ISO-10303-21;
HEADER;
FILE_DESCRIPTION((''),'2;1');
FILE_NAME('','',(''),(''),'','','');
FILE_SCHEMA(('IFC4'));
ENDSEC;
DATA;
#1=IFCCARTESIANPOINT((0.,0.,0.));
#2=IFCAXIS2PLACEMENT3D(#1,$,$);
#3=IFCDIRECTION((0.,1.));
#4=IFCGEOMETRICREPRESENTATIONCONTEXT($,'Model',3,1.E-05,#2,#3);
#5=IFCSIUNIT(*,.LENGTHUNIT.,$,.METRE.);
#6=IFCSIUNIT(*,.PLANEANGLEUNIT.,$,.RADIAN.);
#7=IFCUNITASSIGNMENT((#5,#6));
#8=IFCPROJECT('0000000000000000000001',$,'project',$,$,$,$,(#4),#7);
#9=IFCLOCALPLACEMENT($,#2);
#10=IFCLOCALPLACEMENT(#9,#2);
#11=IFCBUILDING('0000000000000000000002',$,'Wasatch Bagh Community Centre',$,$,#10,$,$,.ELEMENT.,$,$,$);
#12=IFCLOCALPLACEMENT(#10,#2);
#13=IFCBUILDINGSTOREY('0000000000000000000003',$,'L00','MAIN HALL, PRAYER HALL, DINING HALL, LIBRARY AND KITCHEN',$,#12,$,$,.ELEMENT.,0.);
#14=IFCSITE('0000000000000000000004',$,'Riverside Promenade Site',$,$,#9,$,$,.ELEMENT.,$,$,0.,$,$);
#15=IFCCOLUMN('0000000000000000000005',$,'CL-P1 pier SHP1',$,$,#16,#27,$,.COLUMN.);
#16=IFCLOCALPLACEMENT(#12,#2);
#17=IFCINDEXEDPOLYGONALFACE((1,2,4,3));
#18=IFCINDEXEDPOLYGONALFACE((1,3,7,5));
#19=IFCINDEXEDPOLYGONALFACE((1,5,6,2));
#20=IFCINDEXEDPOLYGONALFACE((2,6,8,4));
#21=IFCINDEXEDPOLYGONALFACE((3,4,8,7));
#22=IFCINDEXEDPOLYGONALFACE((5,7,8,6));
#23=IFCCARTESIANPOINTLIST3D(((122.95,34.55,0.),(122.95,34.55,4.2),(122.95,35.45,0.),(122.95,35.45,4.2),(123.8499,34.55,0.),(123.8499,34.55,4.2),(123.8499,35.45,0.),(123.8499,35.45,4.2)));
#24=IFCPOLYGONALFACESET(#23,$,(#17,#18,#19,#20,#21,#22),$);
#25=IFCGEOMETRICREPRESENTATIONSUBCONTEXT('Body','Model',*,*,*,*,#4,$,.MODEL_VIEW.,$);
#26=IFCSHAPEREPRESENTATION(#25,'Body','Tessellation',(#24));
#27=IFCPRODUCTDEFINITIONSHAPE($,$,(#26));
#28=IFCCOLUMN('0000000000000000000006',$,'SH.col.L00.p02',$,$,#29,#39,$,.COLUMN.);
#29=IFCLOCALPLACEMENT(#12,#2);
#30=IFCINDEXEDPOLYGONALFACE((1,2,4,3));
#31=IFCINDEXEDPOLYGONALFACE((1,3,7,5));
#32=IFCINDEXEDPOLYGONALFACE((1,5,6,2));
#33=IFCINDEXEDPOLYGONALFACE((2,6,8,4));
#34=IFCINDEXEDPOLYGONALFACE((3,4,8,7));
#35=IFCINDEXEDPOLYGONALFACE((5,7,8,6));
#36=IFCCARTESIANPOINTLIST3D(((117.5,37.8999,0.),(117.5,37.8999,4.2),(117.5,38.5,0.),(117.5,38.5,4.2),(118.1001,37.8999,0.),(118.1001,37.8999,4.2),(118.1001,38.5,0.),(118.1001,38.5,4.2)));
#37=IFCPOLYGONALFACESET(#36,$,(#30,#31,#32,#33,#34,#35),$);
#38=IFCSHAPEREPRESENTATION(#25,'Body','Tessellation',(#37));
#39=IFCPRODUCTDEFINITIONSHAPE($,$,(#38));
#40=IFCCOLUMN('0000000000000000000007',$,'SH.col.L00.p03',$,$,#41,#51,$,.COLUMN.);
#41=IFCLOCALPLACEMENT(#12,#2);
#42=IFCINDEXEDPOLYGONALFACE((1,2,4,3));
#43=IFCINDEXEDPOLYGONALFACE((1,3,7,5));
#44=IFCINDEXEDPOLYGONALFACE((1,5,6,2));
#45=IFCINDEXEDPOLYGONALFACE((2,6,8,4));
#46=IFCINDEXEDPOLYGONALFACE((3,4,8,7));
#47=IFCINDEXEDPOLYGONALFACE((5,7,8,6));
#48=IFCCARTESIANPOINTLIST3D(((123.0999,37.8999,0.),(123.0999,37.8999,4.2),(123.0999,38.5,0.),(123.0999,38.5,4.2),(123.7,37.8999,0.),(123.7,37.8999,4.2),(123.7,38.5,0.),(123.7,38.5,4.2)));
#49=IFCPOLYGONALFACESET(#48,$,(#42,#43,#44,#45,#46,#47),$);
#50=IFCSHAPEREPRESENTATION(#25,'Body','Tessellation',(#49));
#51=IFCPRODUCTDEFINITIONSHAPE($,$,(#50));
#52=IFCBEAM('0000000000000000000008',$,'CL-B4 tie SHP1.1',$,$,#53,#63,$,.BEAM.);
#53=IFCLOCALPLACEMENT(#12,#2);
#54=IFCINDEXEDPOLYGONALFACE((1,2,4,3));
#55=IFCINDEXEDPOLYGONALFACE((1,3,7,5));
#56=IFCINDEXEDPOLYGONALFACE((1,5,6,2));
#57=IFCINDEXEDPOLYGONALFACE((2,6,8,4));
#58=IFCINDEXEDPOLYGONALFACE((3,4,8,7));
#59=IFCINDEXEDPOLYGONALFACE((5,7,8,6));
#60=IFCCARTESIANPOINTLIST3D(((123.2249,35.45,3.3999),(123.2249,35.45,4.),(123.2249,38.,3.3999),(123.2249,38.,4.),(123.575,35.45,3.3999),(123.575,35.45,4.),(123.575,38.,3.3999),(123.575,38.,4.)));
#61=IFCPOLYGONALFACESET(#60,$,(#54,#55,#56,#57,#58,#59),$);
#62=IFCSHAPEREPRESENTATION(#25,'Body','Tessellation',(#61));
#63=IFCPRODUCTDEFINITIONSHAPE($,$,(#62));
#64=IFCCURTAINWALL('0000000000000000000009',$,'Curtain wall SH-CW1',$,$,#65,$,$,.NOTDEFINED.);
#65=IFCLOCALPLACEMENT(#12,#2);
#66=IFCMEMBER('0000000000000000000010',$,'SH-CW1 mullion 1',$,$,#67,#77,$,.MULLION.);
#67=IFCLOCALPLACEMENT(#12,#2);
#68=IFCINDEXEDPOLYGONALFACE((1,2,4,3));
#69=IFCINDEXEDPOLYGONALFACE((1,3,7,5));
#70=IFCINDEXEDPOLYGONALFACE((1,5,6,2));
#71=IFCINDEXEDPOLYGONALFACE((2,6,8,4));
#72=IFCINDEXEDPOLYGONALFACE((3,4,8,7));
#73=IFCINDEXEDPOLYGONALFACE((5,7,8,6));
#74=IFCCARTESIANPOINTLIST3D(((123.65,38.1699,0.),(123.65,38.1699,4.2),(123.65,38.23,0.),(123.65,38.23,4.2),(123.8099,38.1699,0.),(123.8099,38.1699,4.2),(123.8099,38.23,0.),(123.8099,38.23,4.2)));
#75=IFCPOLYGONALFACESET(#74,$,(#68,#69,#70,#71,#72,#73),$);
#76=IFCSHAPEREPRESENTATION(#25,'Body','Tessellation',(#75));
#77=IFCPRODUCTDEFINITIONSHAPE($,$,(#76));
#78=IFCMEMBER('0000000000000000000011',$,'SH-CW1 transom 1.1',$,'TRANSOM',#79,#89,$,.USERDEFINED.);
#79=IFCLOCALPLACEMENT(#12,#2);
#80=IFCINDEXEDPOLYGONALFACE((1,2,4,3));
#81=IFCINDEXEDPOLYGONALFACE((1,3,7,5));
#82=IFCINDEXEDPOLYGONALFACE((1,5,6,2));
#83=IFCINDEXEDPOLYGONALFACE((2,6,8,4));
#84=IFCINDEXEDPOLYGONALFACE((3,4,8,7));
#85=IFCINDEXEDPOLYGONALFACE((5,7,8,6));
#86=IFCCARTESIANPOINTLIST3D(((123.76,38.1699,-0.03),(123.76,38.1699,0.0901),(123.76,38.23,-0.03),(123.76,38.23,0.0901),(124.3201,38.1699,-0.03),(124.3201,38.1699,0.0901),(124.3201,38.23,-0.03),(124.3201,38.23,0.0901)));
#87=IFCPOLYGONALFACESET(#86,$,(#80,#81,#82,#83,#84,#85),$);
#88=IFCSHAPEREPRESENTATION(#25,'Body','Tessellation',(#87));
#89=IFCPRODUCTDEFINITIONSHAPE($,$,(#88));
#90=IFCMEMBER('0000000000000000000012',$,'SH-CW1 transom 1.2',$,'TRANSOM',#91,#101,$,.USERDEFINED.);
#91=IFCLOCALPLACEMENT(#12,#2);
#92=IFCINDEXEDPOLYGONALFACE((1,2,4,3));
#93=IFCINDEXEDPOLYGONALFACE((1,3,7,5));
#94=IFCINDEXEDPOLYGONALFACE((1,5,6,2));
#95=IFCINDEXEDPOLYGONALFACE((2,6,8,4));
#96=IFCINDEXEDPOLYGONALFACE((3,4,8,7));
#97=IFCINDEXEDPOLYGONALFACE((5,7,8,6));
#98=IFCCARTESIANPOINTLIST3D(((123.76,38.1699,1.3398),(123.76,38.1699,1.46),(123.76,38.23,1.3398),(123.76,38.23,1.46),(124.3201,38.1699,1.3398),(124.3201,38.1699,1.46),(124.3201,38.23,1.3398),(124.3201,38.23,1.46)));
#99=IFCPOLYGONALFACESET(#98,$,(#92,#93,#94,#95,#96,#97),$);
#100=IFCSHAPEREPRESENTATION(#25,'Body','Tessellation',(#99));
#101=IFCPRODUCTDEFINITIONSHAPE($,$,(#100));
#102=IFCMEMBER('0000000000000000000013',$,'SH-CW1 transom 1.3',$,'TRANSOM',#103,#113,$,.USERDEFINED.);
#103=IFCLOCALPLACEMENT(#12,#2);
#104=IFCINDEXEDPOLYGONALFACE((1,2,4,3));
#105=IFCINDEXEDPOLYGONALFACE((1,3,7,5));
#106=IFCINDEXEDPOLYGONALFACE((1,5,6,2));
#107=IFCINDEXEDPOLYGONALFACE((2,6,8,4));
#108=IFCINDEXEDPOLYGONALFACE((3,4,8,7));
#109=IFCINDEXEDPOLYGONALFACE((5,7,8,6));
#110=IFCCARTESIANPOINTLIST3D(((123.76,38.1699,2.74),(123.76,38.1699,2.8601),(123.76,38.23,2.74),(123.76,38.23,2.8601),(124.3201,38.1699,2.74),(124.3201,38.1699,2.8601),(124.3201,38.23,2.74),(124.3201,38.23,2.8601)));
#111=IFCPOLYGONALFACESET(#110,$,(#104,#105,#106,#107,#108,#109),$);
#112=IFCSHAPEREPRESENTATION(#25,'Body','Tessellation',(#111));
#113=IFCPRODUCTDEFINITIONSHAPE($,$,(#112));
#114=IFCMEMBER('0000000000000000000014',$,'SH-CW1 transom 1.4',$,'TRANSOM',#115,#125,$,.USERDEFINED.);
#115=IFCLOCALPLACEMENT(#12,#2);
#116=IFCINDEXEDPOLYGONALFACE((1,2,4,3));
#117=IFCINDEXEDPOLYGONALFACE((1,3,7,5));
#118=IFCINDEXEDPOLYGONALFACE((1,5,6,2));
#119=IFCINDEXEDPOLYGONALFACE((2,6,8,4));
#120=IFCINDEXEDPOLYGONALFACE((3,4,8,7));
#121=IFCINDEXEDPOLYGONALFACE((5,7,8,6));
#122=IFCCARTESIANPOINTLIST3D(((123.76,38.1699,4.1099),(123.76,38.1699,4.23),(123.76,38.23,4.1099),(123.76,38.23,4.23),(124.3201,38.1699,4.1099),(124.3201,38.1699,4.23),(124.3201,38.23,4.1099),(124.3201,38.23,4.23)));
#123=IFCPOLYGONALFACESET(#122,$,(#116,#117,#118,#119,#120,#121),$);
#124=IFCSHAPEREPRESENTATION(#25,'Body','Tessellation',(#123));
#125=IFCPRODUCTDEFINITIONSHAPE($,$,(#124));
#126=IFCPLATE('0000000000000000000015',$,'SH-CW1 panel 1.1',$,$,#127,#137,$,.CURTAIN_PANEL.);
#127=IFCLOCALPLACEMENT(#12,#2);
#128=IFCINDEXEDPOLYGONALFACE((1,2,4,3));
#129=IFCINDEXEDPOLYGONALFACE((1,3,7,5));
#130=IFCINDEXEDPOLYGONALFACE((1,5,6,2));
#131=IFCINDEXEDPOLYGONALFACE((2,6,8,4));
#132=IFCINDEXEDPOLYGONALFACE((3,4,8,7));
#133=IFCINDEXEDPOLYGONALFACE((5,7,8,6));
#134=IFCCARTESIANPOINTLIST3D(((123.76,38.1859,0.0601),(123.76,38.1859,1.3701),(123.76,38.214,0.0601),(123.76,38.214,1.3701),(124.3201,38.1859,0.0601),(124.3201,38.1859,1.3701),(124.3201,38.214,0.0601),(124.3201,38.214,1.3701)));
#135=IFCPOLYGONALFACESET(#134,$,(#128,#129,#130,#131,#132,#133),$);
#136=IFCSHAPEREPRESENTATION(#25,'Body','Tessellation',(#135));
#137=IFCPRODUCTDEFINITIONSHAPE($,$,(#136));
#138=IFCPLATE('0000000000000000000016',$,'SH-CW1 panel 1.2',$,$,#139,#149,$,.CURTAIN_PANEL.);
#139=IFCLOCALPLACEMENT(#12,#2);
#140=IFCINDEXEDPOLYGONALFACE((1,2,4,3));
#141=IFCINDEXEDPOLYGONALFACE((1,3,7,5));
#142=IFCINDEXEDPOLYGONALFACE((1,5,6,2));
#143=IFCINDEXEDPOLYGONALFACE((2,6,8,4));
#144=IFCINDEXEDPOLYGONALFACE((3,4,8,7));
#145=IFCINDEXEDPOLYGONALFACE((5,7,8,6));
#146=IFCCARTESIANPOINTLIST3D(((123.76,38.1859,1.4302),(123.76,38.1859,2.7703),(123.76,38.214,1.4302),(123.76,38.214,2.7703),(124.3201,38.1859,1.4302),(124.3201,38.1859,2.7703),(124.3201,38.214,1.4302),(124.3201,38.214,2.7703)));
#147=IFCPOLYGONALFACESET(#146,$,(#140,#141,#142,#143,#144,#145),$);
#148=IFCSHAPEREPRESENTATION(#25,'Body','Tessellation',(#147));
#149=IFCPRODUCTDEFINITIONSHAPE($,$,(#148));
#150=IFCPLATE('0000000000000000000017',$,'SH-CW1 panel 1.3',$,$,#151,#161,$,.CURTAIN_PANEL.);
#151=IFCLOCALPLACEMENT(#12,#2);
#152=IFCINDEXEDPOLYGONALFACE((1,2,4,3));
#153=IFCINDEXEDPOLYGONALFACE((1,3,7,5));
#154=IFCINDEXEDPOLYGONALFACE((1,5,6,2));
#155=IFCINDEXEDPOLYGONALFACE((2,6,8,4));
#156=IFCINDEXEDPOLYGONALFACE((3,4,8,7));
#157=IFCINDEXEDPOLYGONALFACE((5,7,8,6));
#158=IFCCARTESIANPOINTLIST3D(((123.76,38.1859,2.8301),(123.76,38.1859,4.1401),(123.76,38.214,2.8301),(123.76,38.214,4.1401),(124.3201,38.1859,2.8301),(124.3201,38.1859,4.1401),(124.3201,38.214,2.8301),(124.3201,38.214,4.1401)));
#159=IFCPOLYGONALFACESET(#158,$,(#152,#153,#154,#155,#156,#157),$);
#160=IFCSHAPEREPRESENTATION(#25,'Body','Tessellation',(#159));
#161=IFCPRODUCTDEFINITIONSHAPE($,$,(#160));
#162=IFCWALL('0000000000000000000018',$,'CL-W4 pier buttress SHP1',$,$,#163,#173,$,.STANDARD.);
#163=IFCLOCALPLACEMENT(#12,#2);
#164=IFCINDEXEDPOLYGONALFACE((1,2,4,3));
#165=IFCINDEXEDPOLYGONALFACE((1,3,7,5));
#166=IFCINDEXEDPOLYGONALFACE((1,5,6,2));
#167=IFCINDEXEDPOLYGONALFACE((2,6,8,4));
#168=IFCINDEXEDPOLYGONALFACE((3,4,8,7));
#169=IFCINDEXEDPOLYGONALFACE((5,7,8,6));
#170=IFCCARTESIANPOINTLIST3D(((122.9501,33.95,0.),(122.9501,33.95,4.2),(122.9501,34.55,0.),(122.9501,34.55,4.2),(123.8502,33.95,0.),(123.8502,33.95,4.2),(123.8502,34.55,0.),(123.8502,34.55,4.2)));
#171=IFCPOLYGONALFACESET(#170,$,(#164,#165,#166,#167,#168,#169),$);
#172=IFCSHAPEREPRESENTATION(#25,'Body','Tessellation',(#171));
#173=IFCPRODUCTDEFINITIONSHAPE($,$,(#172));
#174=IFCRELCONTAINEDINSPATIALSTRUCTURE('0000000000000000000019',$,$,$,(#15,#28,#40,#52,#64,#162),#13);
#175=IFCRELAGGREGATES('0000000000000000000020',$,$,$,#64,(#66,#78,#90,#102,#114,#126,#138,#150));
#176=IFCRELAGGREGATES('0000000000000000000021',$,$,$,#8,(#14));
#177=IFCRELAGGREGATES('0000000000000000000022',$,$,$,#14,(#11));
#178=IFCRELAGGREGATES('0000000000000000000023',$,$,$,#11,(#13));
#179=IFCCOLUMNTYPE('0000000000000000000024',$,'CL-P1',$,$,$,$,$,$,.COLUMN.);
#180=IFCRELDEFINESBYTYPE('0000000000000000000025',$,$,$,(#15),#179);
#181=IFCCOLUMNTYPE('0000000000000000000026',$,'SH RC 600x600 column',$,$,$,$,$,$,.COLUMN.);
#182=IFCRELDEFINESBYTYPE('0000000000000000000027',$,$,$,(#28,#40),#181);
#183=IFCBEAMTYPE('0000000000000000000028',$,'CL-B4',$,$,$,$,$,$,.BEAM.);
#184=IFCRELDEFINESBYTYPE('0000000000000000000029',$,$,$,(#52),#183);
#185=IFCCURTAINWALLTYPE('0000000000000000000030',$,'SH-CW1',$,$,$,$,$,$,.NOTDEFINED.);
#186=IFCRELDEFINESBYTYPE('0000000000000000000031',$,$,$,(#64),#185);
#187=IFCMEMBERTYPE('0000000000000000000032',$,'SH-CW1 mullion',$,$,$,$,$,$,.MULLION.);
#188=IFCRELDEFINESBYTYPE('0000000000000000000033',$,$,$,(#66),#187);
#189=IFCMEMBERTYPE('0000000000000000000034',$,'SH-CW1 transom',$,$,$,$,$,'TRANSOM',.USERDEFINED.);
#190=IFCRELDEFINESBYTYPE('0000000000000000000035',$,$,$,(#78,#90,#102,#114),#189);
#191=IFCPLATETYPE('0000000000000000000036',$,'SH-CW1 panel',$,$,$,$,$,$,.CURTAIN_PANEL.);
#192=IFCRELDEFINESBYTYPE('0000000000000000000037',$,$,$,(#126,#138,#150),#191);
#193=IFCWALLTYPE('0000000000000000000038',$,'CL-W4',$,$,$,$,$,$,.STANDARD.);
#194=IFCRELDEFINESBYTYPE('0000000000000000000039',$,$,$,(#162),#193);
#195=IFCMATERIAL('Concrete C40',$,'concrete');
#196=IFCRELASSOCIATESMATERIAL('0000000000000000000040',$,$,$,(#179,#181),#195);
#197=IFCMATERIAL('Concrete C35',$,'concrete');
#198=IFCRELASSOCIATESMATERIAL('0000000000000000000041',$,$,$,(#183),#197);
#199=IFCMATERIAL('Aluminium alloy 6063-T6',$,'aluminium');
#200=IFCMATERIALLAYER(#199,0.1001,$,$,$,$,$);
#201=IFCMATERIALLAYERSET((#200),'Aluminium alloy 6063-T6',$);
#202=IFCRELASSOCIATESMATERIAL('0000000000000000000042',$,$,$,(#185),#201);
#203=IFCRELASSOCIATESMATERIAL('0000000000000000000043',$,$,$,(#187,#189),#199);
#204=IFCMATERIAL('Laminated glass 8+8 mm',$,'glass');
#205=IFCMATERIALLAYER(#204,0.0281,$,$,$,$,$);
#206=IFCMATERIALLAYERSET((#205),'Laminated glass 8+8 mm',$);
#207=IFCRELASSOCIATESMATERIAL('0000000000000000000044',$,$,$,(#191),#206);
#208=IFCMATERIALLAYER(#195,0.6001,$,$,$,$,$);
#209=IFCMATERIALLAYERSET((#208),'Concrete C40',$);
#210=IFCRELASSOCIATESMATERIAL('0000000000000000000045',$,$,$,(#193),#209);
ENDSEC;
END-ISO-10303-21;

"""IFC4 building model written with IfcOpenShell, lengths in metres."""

from ifc_helpers import new_model, si_unit, direction, frame, frame_2d, origin, origin_2d, place, context, subcontext, project, spatial, rectangle, extrude, material, layer, layer_set, material_profile, profile_set, type_object, element, aggregate, save


model = new_model("IFC4")

# Units and contexts
model_context = context("Model", 3, precision=1e-05, world=origin(), true_north=direction((0.0, 1.0)))
body_context = subcontext(model_context, "Body", "Model", "MODEL_VIEW")
ifc_project = project(units=[si_unit("LENGTHUNIT", "METRE"), si_unit("PLANEANGLEUNIT", "RADIAN")], contexts=[model_context])

# Site, building, storey
site_placement = place(None, origin())
site = spatial("IfcSite", under=ifc_project, at=site_placement, Name="Riverside Promenade Site", CompositionType="ELEMENT", RefElevation=0.0)
building_placement = place(site_placement, origin())
building = spatial("IfcBuilding", under=site, at=building_placement, Name="Wasatch Bagh Community Centre", CompositionType="ELEMENT")
storey_placement = place(building_placement, origin())
storey = spatial("IfcBuildingStorey", under=building, at=storey_placement, Name="L00", Description="MAIN HALL, PRAYER HALL, DINING HALL, LIBRARY AND KITCHEN", CompositionType="ELEMENT", Elevation=0.0)

# Shared definitions
ifc_material_1 = material(Name="Concrete C35", Category="concrete")

# Columns
ifc_material_2 = material(Name="Concrete C40", Category="concrete")
ifc_material_profile_1 = material_profile(ifc_material_2, rectangle(XDim=0.8999, YDim=0.8999, at=origin_2d()), Name="RC 900x900")
ifc_profile_set_1 = profile_set([ifc_material_profile_1], Name="Concrete C40")
column_type_1 = type_object("IfcColumnType", Name="CL-P1", PredefinedType="COLUMN", material=ifc_profile_set_1)
column_placement = place(storey_placement, frame((123.3999, 35.0, 0.0), z_axis=(0.0, 0.0, 1.0), x_axis=(1.0, 0.0, 0.0)))
element("IfcColumn", 1, at=column_placement, inside=storey, type_object=column_type_1, Name="CL-P1 pier SHP1", PredefinedType="COLUMN", context=body_context, shape_type="SweptSolid", body=[
    extrude(rectangle(XDim=0.8999, YDim=0.8999, at=origin_2d()), origin(), (0.0, 0.0, 1.0), 4.2),
])
ifc_material_profile_2 = material_profile(ifc_material_2, rectangle(XDim=0.6001, YDim=0.6001, at=origin_2d()), Name="RC 600x600")
ifc_profile_set_2 = profile_set([ifc_material_profile_2], Name="Concrete C40")
column_type_2 = type_object("IfcColumnType", Name="SH RC 600x600 column", PredefinedType="COLUMN", material=ifc_profile_set_2)
for number, where, z_axis, x_axis, name in (
    (2, (117.8, 38.2, 0.0), (0.0, 0.0, 1.0), (1.0, 0.0, 0.0), "SH.col.L00.p02"),
    (3, (123.3999, 38.2, 0.0), (0.0, 0.0, 1.0), (1.0, 0.0, 0.0), "SH.col.L00.p03"),
):
    element("IfcColumn", number, at=place(storey_placement, frame(where, z_axis=z_axis, x_axis=x_axis)), inside=storey, type_object=column_type_2, Name=name, PredefinedType="COLUMN", context=body_context, shape_type="SweptSolid", body=[
        extrude(rectangle(XDim=0.6001, YDim=0.6001, at=origin_2d()), origin(), (0.0, 0.0, 1.0), 4.2),
    ])

# Beam
ifc_material_profile_3 = material_profile(ifc_material_1, rectangle(XDim=0.3501, YDim=0.6001, at=origin_2d()), Name="RC 350x600")
ifc_profile_set_3 = profile_set([ifc_material_profile_3], Name="Concrete C35")
beam_type = type_object("IfcBeamType", Name="CL-B4", PredefinedType="BEAM", material=ifc_profile_set_3)
beam_placement = place(storey_placement, frame((123.3999, 38.0, 3.7), z_axis=(0.0, -1.0, 0.0), x_axis=(1.0, 0.0, 0.0)))
element("IfcBeam", 4, at=beam_placement, inside=storey, type_object=beam_type, Name="CL-B4 tie SHP1.1", PredefinedType="BEAM", context=body_context, shape_type="SweptSolid", body=[
    extrude(rectangle(XDim=0.3501, YDim=0.6001, at=origin_2d()), origin(), (0.0, 0.0, 1.0), 2.55),
])

# Curtain wall, members, plates
ifc_material_3 = material(Name="Aluminium alloy 6063-T6", Category="aluminium")
ifc_layer_1 = layer(ifc_material_3, 0.1001)
ifc_layer_set_1 = layer_set([ifc_layer_1], Name="Aluminium alloy 6063-T6")
curtain_wall_type = type_object("IfcCurtainWallType", Name="SH-CW1", PredefinedType="NOTDEFINED", material=ifc_layer_set_1)
curtain_wall_placement = place(storey_placement, origin())
curtain_wall = element("IfcCurtainWall", 5, at=curtain_wall_placement, inside=storey, type_object=curtain_wall_type, Name="Curtain wall SH-CW1", PredefinedType="NOTDEFINED")
ifc_material_profile_4 = material_profile(ifc_material_3, rectangle(XDim=0.0601, YDim=0.1599, at=origin_2d()), Name="AL 60x160")
ifc_profile_set_4 = profile_set([ifc_material_profile_4], Name="Aluminium alloy 6063-T6")
member_type_1 = type_object("IfcMemberType", Name="SH-CW1 mullion", PredefinedType="MULLION", material=ifc_profile_set_4)
member_1_placement = place(storey_placement, frame((123.73, 38.2, 0.0), z_axis=(0.0, 0.0, 1.0), x_axis=(0.0, 1.0, 0.0)))
member_1 = element("IfcMember", 6, at=member_1_placement, type_object=member_type_1, Name="SH-CW1 mullion 1", PredefinedType="MULLION", context=body_context, shape_type="SweptSolid", body=[
    extrude(rectangle(XDim=0.0601, YDim=0.1599, at=origin_2d()), origin(), (0.0, 0.0, 1.0), 4.2),
])
ifc_material_profile_5 = material_profile(ifc_material_3, rectangle(XDim=0.0601, YDim=0.1201, at=origin_2d()), Name="AL 60x120")
ifc_profile_set_5 = profile_set([ifc_material_profile_5], Name="Aluminium alloy 6063-T6")
member_type_2 = type_object("IfcMemberType", Name="SH-CW1 transom", ElementType="TRANSOM", PredefinedType="USERDEFINED", material=ifc_profile_set_5)
member_2_placement = place(storey_placement, frame((123.76, 38.2, 0.03), z_axis=(1.0, 0.0, 0.0), x_axis=(0.0, 1.0, 0.0)))
member_2 = element("IfcMember", 7, at=member_2_placement, type_object=member_type_2, Name="SH-CW1 transom 1.1", ObjectType="TRANSOM", PredefinedType="USERDEFINED", context=body_context, shape_type="SweptSolid", body=[
    extrude(rectangle(XDim=0.0601, YDim=0.1201, at=origin_2d()), origin(), (0.0, 0.0, 1.0), 0.5601),
])
member_3_placement = place(storey_placement, frame((123.76, 38.2, 1.3999), z_axis=(1.0, 0.0, 0.0), x_axis=(0.0, 1.0, 0.0)))
member_3 = element("IfcMember", 8, at=member_3_placement, type_object=member_type_2, Name="SH-CW1 transom 1.2", ObjectType="TRANSOM", PredefinedType="USERDEFINED", context=body_context, shape_type="SweptSolid", body=[
    extrude(rectangle(XDim=0.0601, YDim=0.1201, at=origin_2d()), origin(), (0.0, 0.0, 1.0), 0.5601),
])
member_4_placement = place(storey_placement, frame((123.76, 38.2, 2.8), z_axis=(1.0, 0.0, 0.0), x_axis=(0.0, 1.0, 0.0)))
member_4 = element("IfcMember", 9, at=member_4_placement, type_object=member_type_2, Name="SH-CW1 transom 1.3", ObjectType="TRANSOM", PredefinedType="USERDEFINED", context=body_context, shape_type="SweptSolid", body=[
    extrude(rectangle(XDim=0.0601, YDim=0.1201, at=origin_2d()), origin(), (0.0, 0.0, 1.0), 0.5601),
])
member_5_placement = place(storey_placement, frame((123.76, 38.2, 4.1699), z_axis=(1.0, 0.0, 0.0), x_axis=(0.0, 1.0, 0.0)))
member_5 = element("IfcMember", 10, at=member_5_placement, type_object=member_type_2, Name="SH-CW1 transom 1.4", ObjectType="TRANSOM", PredefinedType="USERDEFINED", context=body_context, shape_type="SweptSolid", body=[
    extrude(rectangle(XDim=0.0601, YDim=0.1201, at=origin_2d()), origin(), (0.0, 0.0, 1.0), 0.5601),
])
ifc_material_4 = material(Name="Laminated glass 8+8 mm", Category="glass")
ifc_layer_2 = layer(ifc_material_4, 0.0281)
ifc_layer_set_2 = layer_set([ifc_layer_2], Name="Laminated glass 8+8 mm")
plate_type = type_object("IfcPlateType", Name="SH-CW1 panel", PredefinedType="CURTAIN_PANEL", material=ifc_layer_set_2)
plate_1_placement = place(storey_placement, frame((124.04, 38.2, 0.0601), z_axis=(0.0, 0.0, 1.0), x_axis=(1.0, 0.0, 0.0)))
plate_1 = element("IfcPlate", 11, at=plate_1_placement, type_object=plate_type, Name="SH-CW1 panel 1.1", PredefinedType="CURTAIN_PANEL", context=body_context, shape_type="SweptSolid", body=[
    extrude(rectangle(XDim=0.5601, YDim=0.0281, at=origin_2d()), origin(), (0.0, 0.0, 1.0), 1.3101),
])
plate_2_placement = place(storey_placement, frame((124.04, 38.2, 1.4302), z_axis=(0.0, 0.0, 1.0), x_axis=(1.0, 0.0, 0.0)))
plate_2 = element("IfcPlate", 12, at=plate_2_placement, type_object=plate_type, Name="SH-CW1 panel 1.2", PredefinedType="CURTAIN_PANEL", context=body_context, shape_type="SweptSolid", body=[
    extrude(rectangle(XDim=0.5601, YDim=0.0281, at=origin_2d()), origin(), (0.0, 0.0, 1.0), 1.3401),
])
plate_3_placement = place(storey_placement, frame((124.04, 38.2, 2.8301), z_axis=(0.0, 0.0, 1.0), x_axis=(1.0, 0.0, 0.0)))
plate_3 = element("IfcPlate", 13, at=plate_3_placement, type_object=plate_type, Name="SH-CW1 panel 1.3", PredefinedType="CURTAIN_PANEL", context=body_context, shape_type="SweptSolid", body=[
    extrude(rectangle(XDim=0.5601, YDim=0.0281, at=origin_2d()), origin(), (0.0, 0.0, 1.0), 1.3101),
])
aggregate(curtain_wall, [member_1, member_2, member_3, member_4, member_5, plate_1, plate_2, plate_3])

# Wall
ifc_layer_3 = layer(ifc_material_2, 0.6001)
ifc_layer_set_3 = layer_set([ifc_layer_3], Name="Concrete C40")
wall_type_1 = type_object("IfcWallType", Name="CL-W4", PredefinedType="STANDARD", material=ifc_layer_set_3)
wall_1_placement = place(storey_placement, frame((122.95, 34.25, 0.0), z_axis=(0.0, 0.0, 1.0), x_axis=(1.0, 0.0, 0.0)))
element("IfcWall", 14, at=wall_1_placement, inside=storey, type_object=wall_type_1, Name="CL-W4 pier buttress SHP1", PredefinedType="STANDARD", context=body_context, shape_type="SweptSolid", body=[
    extrude(rectangle(XDim=0.9001, YDim=0.6001, at=frame_2d((0.4502, 0.0))), origin(), (0.0, 0.0, 1.0), 4.2),
])

save(model, "model.ifc")
